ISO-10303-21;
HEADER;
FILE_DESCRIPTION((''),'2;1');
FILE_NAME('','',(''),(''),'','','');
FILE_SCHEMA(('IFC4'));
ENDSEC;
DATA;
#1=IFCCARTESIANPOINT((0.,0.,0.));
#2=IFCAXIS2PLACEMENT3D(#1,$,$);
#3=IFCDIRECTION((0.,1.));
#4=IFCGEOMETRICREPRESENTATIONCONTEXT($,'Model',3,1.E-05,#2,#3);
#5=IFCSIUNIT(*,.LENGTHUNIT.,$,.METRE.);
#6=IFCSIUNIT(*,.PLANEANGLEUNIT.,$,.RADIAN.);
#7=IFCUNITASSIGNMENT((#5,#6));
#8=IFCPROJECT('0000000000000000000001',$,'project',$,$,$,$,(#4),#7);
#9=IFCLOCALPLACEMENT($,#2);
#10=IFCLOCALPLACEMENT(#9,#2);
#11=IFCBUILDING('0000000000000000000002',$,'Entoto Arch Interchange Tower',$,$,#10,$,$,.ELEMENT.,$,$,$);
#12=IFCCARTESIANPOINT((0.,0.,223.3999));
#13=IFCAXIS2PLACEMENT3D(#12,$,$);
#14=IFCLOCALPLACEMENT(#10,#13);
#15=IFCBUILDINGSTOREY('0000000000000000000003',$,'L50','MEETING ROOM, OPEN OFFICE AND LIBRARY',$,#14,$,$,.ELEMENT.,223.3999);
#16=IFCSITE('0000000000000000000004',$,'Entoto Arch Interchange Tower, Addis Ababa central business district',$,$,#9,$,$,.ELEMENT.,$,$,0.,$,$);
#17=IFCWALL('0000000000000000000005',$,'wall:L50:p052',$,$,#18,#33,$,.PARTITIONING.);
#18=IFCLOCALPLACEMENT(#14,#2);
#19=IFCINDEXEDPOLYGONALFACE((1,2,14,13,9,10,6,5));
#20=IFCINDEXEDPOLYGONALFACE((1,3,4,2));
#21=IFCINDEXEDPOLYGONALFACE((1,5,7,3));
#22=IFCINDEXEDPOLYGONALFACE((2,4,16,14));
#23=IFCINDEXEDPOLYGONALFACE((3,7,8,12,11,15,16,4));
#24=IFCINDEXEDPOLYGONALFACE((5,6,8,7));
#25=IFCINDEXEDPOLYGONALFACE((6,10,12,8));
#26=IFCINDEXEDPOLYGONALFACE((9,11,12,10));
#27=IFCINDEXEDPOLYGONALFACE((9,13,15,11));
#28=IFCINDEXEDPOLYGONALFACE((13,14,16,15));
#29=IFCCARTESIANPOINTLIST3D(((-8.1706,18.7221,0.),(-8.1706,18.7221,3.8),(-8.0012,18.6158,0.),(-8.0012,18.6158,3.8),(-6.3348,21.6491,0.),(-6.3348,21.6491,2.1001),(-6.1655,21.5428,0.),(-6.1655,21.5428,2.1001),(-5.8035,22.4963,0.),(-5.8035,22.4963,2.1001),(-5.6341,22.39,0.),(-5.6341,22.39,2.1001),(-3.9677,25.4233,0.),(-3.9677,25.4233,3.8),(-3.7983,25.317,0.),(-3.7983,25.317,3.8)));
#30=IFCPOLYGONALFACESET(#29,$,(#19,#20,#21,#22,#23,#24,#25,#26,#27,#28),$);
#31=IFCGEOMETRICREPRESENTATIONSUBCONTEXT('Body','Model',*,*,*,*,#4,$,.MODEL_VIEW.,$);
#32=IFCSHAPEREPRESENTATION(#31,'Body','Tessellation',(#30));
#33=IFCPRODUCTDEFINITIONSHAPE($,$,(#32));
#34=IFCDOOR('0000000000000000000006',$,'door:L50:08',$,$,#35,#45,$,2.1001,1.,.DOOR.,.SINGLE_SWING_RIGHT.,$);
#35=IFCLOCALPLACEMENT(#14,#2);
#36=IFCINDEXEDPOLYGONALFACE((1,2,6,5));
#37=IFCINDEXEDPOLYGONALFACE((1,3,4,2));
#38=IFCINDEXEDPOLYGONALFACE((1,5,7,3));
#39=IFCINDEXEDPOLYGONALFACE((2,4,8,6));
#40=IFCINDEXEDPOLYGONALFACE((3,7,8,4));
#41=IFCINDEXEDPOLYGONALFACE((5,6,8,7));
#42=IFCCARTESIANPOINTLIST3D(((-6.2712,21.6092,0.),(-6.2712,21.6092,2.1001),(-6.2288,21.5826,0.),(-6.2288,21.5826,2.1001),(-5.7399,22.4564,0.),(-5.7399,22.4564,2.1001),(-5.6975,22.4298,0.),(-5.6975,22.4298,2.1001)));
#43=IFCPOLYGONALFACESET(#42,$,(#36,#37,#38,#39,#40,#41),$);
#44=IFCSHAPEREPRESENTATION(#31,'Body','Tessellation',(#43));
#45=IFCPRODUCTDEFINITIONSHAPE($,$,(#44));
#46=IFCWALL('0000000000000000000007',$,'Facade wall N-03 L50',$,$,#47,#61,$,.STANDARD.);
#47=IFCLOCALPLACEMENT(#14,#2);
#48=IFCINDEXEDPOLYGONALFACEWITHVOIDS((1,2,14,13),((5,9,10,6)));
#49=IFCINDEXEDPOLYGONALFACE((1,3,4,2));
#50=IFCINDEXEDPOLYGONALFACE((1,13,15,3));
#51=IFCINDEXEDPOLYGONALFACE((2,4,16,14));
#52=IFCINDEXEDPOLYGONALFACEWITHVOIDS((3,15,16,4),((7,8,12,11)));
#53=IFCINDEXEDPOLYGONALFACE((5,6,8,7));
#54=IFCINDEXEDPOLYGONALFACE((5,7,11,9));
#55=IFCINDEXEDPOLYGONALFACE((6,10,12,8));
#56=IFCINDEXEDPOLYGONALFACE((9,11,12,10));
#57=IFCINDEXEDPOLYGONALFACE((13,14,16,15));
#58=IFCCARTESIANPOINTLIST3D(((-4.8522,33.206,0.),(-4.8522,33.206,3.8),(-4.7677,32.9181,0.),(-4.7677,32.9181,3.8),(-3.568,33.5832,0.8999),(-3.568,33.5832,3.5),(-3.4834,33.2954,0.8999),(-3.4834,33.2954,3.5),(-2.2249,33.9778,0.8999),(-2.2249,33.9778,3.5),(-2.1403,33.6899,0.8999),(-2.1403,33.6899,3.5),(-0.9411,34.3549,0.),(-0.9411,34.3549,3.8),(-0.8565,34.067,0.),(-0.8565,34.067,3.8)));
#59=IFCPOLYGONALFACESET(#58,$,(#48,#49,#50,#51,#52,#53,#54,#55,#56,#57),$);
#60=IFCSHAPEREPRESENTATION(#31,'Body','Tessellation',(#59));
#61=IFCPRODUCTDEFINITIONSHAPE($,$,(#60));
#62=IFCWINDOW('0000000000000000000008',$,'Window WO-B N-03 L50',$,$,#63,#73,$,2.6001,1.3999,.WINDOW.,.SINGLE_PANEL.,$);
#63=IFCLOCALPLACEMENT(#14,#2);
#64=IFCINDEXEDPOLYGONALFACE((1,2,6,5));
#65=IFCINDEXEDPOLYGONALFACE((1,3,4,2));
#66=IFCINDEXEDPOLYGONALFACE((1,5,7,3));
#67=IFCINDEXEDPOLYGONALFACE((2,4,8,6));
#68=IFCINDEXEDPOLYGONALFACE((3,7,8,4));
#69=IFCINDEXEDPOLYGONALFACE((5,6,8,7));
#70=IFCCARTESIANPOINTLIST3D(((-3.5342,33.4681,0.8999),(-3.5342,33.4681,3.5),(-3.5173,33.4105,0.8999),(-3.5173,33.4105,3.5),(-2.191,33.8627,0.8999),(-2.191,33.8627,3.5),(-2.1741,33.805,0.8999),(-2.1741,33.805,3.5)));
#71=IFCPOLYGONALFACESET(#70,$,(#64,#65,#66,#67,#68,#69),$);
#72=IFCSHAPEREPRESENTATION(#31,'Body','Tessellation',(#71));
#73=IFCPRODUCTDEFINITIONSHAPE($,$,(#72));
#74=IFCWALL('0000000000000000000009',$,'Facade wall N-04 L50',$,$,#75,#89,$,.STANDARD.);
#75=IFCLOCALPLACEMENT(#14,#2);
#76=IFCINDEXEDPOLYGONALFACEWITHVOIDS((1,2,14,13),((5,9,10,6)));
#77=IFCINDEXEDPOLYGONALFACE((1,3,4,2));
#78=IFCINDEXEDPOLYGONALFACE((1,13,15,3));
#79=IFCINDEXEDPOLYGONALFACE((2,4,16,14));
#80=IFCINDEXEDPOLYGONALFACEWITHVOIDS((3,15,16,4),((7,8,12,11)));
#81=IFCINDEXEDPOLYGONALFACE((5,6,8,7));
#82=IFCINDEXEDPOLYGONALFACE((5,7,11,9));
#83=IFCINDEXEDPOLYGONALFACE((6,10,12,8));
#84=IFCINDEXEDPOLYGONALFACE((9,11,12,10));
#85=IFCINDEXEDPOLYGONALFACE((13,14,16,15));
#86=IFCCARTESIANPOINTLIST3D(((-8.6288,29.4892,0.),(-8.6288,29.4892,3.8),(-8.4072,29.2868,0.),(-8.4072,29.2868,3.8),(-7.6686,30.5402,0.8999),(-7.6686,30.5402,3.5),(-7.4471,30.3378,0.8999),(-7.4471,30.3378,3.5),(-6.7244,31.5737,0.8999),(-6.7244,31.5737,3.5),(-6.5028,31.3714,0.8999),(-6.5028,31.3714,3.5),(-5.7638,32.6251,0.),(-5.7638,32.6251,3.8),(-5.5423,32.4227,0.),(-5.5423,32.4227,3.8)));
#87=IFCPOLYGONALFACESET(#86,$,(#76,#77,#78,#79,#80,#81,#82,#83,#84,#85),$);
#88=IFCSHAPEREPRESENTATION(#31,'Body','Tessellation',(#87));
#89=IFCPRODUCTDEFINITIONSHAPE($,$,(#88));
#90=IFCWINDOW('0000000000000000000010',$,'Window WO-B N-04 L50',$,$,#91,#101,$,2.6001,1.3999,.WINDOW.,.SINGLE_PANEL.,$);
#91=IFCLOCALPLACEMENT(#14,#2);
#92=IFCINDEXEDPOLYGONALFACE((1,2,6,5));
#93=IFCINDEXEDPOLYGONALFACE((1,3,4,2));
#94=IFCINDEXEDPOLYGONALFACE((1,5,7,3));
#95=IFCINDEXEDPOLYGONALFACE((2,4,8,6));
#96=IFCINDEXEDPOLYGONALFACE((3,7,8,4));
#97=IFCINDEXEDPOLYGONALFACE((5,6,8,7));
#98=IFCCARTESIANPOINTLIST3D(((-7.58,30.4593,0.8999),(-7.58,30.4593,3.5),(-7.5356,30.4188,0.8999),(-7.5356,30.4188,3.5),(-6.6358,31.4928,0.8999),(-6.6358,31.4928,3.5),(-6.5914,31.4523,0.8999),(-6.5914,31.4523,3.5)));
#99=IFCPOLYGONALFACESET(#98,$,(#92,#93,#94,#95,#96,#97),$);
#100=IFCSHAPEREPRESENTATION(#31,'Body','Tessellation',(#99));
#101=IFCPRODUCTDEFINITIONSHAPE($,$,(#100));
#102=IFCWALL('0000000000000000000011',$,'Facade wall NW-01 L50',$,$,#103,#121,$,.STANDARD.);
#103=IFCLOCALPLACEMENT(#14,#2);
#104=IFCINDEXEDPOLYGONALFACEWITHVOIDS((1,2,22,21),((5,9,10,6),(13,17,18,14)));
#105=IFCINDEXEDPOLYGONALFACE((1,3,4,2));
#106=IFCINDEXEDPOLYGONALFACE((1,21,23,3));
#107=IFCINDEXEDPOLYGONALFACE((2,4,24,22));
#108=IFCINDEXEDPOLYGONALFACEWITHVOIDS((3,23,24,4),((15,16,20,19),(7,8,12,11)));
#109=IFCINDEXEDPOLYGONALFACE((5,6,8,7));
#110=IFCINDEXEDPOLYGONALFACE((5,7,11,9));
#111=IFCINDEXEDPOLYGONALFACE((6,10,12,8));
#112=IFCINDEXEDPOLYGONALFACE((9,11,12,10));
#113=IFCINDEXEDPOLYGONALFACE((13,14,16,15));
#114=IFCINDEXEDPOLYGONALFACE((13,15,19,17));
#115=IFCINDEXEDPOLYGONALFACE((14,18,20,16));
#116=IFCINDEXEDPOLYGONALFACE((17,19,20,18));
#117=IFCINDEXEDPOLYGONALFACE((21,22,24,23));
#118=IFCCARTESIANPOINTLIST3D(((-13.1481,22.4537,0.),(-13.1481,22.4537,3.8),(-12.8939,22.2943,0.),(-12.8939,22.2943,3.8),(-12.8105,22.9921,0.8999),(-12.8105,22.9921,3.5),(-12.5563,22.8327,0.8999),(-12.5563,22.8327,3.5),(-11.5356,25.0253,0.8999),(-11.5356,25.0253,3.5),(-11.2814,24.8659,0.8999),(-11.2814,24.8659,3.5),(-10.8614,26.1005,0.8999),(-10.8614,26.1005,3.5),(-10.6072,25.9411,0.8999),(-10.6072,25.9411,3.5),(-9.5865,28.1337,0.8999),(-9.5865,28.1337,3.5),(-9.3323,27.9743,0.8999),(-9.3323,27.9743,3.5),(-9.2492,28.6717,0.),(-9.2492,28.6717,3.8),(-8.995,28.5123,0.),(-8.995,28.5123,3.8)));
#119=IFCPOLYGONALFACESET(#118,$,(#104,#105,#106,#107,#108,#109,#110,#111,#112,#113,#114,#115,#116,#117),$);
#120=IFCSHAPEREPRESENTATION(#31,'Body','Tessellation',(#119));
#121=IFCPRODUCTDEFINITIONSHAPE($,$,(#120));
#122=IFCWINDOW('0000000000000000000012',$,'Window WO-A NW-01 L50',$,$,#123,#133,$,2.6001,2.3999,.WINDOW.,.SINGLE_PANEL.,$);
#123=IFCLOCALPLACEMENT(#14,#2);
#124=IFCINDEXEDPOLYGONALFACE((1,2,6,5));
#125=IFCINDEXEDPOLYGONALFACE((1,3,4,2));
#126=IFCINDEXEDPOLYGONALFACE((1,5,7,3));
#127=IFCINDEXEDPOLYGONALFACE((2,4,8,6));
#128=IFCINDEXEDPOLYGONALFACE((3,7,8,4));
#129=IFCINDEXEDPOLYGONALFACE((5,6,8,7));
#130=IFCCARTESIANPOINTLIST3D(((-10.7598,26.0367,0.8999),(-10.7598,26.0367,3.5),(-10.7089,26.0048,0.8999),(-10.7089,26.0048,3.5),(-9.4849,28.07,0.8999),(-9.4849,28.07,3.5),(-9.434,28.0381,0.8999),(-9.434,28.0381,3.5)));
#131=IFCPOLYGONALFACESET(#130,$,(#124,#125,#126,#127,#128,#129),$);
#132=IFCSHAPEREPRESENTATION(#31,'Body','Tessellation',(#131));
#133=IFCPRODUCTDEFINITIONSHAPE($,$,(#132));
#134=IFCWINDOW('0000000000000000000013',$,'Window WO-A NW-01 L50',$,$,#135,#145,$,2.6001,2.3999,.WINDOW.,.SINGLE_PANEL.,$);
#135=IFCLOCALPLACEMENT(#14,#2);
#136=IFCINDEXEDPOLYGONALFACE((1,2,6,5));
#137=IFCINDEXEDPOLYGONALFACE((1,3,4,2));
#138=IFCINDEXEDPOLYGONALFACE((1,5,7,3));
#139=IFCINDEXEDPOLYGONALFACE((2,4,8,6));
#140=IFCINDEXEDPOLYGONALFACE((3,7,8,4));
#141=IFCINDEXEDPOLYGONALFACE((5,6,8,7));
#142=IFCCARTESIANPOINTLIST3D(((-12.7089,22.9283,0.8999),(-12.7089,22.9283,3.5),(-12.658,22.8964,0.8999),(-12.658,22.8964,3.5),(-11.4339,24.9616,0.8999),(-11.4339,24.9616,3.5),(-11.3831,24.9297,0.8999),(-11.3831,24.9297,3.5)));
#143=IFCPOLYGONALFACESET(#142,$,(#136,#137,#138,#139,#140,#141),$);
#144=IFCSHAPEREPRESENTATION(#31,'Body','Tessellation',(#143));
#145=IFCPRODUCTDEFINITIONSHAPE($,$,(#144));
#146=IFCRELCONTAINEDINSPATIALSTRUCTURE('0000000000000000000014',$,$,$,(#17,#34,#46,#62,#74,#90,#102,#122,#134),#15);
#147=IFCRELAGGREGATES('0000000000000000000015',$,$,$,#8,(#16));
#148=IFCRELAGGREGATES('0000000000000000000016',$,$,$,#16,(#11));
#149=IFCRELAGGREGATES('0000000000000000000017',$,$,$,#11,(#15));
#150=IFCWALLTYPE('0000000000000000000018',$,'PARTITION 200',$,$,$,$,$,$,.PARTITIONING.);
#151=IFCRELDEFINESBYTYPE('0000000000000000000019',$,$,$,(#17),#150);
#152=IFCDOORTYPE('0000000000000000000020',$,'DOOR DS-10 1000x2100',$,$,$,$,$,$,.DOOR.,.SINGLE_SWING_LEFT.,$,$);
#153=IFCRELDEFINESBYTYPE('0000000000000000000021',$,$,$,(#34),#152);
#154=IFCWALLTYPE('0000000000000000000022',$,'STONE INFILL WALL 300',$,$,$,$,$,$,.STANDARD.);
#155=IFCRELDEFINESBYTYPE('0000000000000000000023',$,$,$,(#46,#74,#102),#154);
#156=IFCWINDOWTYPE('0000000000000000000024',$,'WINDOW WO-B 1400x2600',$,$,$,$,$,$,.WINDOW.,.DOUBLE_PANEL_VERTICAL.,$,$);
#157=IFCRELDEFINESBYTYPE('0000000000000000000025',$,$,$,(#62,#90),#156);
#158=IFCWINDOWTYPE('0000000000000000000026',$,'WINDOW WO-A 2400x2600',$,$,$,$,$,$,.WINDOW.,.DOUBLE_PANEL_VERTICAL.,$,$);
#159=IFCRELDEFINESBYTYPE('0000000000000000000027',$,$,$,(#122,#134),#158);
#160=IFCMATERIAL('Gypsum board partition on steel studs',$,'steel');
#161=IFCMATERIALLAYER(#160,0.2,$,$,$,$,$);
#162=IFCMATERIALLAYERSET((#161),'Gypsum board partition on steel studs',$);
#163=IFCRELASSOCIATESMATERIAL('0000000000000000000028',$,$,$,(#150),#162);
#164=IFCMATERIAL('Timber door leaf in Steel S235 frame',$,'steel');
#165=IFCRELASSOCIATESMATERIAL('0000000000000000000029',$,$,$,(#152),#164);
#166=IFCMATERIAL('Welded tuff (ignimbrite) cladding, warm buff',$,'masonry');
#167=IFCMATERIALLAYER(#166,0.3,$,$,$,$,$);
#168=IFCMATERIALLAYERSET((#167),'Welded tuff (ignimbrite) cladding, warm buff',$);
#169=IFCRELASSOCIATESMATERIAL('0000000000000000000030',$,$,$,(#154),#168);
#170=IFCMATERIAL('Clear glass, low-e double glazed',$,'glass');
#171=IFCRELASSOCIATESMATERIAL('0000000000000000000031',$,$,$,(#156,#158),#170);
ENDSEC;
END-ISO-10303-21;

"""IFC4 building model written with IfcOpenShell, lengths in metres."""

from ifc_helpers import new_model, si_unit, direction, frame, frame_2d, origin, place, context, subcontext, project, spatial, rectangle, extrude, material, layer, layer_set, type_object, element, fill, save


model = new_model("IFC4")

# Units and contexts
model_context = context("Model", 3, precision=1e-05, world=origin(), true_north=direction((0.0, 1.0)))
body_context = subcontext(model_context, "Body", "Model", "MODEL_VIEW")
ifc_project = project(units=[si_unit("LENGTHUNIT", "METRE"), si_unit("PLANEANGLEUNIT", "RADIAN")], contexts=[model_context])

# Site, building, storey
site_placement = place(None, origin())
site = spatial("IfcSite", under=ifc_project, at=site_placement, Name="Entoto Arch Interchange Tower, Addis Ababa central business district", CompositionType="ELEMENT", RefElevation=0.0)
building_placement = place(site_placement, origin())
building = spatial("IfcBuilding", under=site, at=building_placement, Name="Entoto Arch Interchange Tower", CompositionType="ELEMENT")
storey_placement = place(building_placement, frame((0.0, 0.0, 223.3999)))
storey = spatial("IfcBuildingStorey", under=building, at=storey_placement, Name="L50", Description="MEETING ROOM, OPEN OFFICE AND LIBRARY", CompositionType="ELEMENT", Elevation=223.3999)

# Shared definitions
ifc_material_1 = material(Name="Gypsum board partition on steel studs", Category="steel")
ifc_layer_1 = layer(ifc_material_1, 0.2)
ifc_layer_set_1 = layer_set([ifc_layer_1], Name="Gypsum board partition on steel studs")
wall_type_1 = type_object("IfcWallType", Name="PARTITION 200", PredefinedType="PARTITIONING", material=ifc_layer_set_1)

# Shared definitions
ifc_material_2 = material(Name="Timber door leaf in Steel S235 frame", Category="steel")
door_type = type_object("IfcDoorType", Name="DOOR DS-10 1000x2100", OperationType="SINGLE_SWING_LEFT", PredefinedType="DOOR", material=ifc_material_2)

# Wall, opening, door
wall_1_placement = place(storey_placement, frame((-8.0859, 18.6689, 0.0), z_axis=(0.0, 0.0, 1.0), x_axis=(0.53133, 0.847165, 0.0)))
wall_1 = element("IfcWall", 1, at=wall_1_placement, inside=storey, type_object=wall_type_1, Name="wall:L50:p052", PredefinedType="PARTITIONING", context=body_context, shape_type="SweptSolid", body=[
    extrude(rectangle(XDim=7.9102, YDim=0.2, at=frame_2d((3.9551, 0.0))), origin(), (0.0, 0.0, 1.0), 3.8),
])
opening_1_placement = place(wall_1_placement, frame((3.4551, 0.0, 0.0)))
opening_1 = element("IfcOpeningElement", 2, at=opening_1_placement, cuts=wall_1, PredefinedType="OPENING", context=body_context, shape_type="SweptSolid", body=[
    extrude(rectangle(XDim=1.0, YDim=2.1001, at=frame_2d((0.5, 1.05))), frame((0.0, 0.1099, 0.0), z_axis=(0.0, -1.0, 0.0), x_axis=(1.0, 0.0, 0.0)), (0.0, 0.0, 1.0), 0.22),
])
door_1_placement = place(opening_1_placement, origin())
door_1 = element("IfcDoor", 3, at=door_1_placement, inside=storey, type_object=door_type, Name="door:L50:08", OperationType="SINGLE_SWING_RIGHT", OverallHeight=2.1001, OverallWidth=1.0, PredefinedType="DOOR", context=body_context, shape_type="SweptSolid", body=[
    extrude(rectangle(XDim=1.0, YDim=2.1001, at=frame_2d((0.5, 1.05))), frame((0.0, 0.0249, 0.0), z_axis=(0.0, -1.0, 0.0), x_axis=(1.0, 0.0, 0.0)), (0.0, 0.0, 1.0), 0.05),
])
fill(opening_1, door_1)

# Walls, openings, windows
ifc_material_3 = material(Name="Welded tuff (ignimbrite) cladding, warm buff", Category="masonry")
ifc_layer_2 = layer(ifc_material_3, 0.3)
ifc_layer_set_2 = layer_set([ifc_layer_2], Name="Welded tuff (ignimbrite) cladding, warm buff")
wall_type_2 = type_object("IfcWallType", Name="STONE INFILL WALL 300", PredefinedType="STANDARD", material=ifc_layer_set_2)
wall_2_placement = place(storey_placement, frame((-0.8989, 34.2109, 0.0), z_axis=(0.0, 0.0, 1.0), x_axis=(-0.959459, -0.281849, 0.0)))
wall_2 = element("IfcWall", 4, at=wall_2_placement, inside=storey, type_object=wall_type_2, Name="Facade wall N-03 L50", PredefinedType="STANDARD", context=body_context, shape_type="SweptSolid", body=[
    extrude(rectangle(XDim=4.0764, YDim=0.3, at=frame_2d((2.0381, 0.0))), origin(), (0.0, 0.0, 1.0), 3.8),
])
opening_2_placement = place(wall_2_placement, frame((1.3379, 0.0, 0.8999)))
opening_2 = element("IfcOpeningElement", 5, at=opening_2_placement, cuts=wall_2, PredefinedType="OPENING", context=body_context, shape_type="SweptSolid", body=[
    extrude(rectangle(XDim=1.3999, YDim=2.6001, at=frame_2d((0.7, 1.3))), frame((0.0, 0.1602, 0.0), z_axis=(0.0, -1.0, 0.0), x_axis=(1.0, 0.0, 0.0)), (0.0, 0.0, 1.0), 0.3201),
])
ifc_material_4 = material(Name="Clear glass, low-e double glazed", Category="glass")
window_type_1 = type_object("IfcWindowType", Name="WINDOW WO-B 1400x2600", PartitioningType="DOUBLE_PANEL_VERTICAL", PredefinedType="WINDOW", material=ifc_material_4)
window_1_placement = place(opening_2_placement, origin())
window_1 = element("IfcWindow", 6, at=window_1_placement, inside=storey, type_object=window_type_1, Name="Window WO-B N-03 L50", OverallHeight=2.6001, OverallWidth=1.3999, PartitioningType="SINGLE_PANEL", PredefinedType="WINDOW", context=body_context, shape_type="SweptSolid", body=[
    extrude(rectangle(XDim=1.3999, YDim=2.6001, at=frame_2d((0.7, 1.3))), frame((0.0, 0.03, 0.0), z_axis=(0.0, -1.0, 0.0), x_axis=(1.0, 0.0, 0.0)), (0.0, 0.0, 1.0), 0.0601),
])
fill(opening_2, window_1)
wall_3_placement = place(storey_placement, frame((-5.6531, 32.5239, 0.0), z_axis=(0.0, 0.0, 1.0), x_axis=(-0.674487, -0.738286, 0.0)))
wall_3 = element("IfcWall", 7, at=wall_3_placement, inside=storey, type_object=wall_type_2, Name="Facade wall N-04 L50", PredefinedType="STANDARD", context=body_context, shape_type="SweptSolid", body=[
    extrude(rectangle(XDim=4.2476, YDim=0.3, at=frame_2d((2.1238, 0.0))), origin(), (0.0, 0.0, 1.0), 3.8),
])
opening_3_placement = place(wall_3_placement, frame((1.4241, 0.0, 0.8999)))
opening_3 = element("IfcOpeningElement", 8, at=opening_3_placement, cuts=wall_3, PredefinedType="OPENING", context=body_context, shape_type="SweptSolid", body=[
    extrude(rectangle(XDim=1.3999, YDim=2.6001, at=frame_2d((0.7, 1.3))), frame((0.0, 0.1602, 0.0), z_axis=(0.0, -1.0, 0.0), x_axis=(1.0, 0.0, 0.0)), (0.0, 0.0, 1.0), 0.3201),
])
window_2_placement = place(opening_3_placement, origin())
window_2 = element("IfcWindow", 9, at=window_2_placement, inside=storey, type_object=window_type_1, Name="Window WO-B N-04 L50", OverallHeight=2.6001, OverallWidth=1.3999, PartitioningType="SINGLE_PANEL", PredefinedType="WINDOW", context=body_context, shape_type="SweptSolid", body=[
    extrude(rectangle(XDim=1.3999, YDim=2.6001, at=frame_2d((0.7, 1.3))), frame((0.0, 0.03, 0.0), z_axis=(0.0, -1.0, 0.0), x_axis=(1.0, 0.0, 0.0)), (0.0, 0.0, 1.0), 0.0601),
])
fill(opening_3, window_2)

# Wall, openings, windows
wall_4_placement = place(storey_placement, frame((-9.1221, 28.592, 0.0), z_axis=(0.0, 0.0, 1.0), x_axis=(-0.531239, -0.847222, 0.0)))
wall_4 = element("IfcWall", 10, at=wall_4_placement, inside=storey, type_object=wall_type_2, Name="Facade wall NW-01 L50", PredefinedType="STANDARD", context=body_context, shape_type="SweptSolid", body=[
    extrude(rectangle(XDim=7.3394, YDim=0.3, at=frame_2d((3.6697, 0.0))), origin(), (0.0, 0.0, 1.0), 3.8),
])
opening_4_placement = place(wall_4_placement, frame((0.635, 0.0, 0.8999)))
opening_4 = element("IfcOpeningElement", 11, at=opening_4_placement, cuts=wall_4, PredefinedType="OPENING", context=body_context, shape_type="SweptSolid", body=[
    extrude(rectangle(XDim=2.3999, YDim=2.6001, at=frame_2d((1.2, 1.3))), frame((0.0, 0.1602, 0.0), z_axis=(0.0, -1.0, 0.0), x_axis=(1.0, 0.0, 0.0)), (0.0, 0.0, 1.0), 0.3201),
])
opening_5_placement = place(wall_4_placement, frame((4.304, 0.0, 0.8999)))
opening_5 = element("IfcOpeningElement", 12, at=opening_5_placement, cuts=wall_4, PredefinedType="OPENING", context=body_context, shape_type="SweptSolid", body=[
    extrude(rectangle(XDim=2.3999, YDim=2.6001, at=frame_2d((1.2, 1.3))), frame((0.0, 0.1602, 0.0), z_axis=(0.0, -1.0, 0.0), x_axis=(1.0, 0.0, 0.0)), (0.0, 0.0, 1.0), 0.3201),
])
window_type_2 = type_object("IfcWindowType", Name="WINDOW WO-A 2400x2600", PartitioningType="DOUBLE_PANEL_VERTICAL", PredefinedType="WINDOW", material=ifc_material_4)
window_3_placement = place(opening_4_placement, origin())
window_3 = element("IfcWindow", 13, at=window_3_placement, inside=storey, type_object=window_type_2, Name="Window WO-A NW-01 L50", OverallHeight=2.6001, OverallWidth=2.3999, PartitioningType="SINGLE_PANEL", PredefinedType="WINDOW", context=body_context, shape_type="SweptSolid", body=[
    extrude(rectangle(XDim=2.3999, YDim=2.6001, at=frame_2d((1.2, 1.3))), frame((0.0, 0.03, 0.0), z_axis=(0.0, -1.0, 0.0), x_axis=(1.0, 0.0, 0.0)), (0.0, 0.0, 1.0), 0.0601),
])
fill(opening_4, window_3)
window_4_placement = place(opening_5_placement, origin())
window_4 = element("IfcWindow", 14, at=window_4_placement, inside=storey, type_object=window_type_2, Name="Window WO-A NW-01 L50", OverallHeight=2.6001, OverallWidth=2.3999, PartitioningType="SINGLE_PANEL", PredefinedType="WINDOW", context=body_context, shape_type="SweptSolid", body=[
    extrude(rectangle(XDim=2.3999, YDim=2.6001, at=frame_2d((1.2, 1.3))), frame((0.0, 0.03, 0.0), z_axis=(0.0, -1.0, 0.0), x_axis=(1.0, 0.0, 0.0)), (0.0, 0.0, 1.0), 0.0601),
])
fill(opening_5, window_4)

save(model, "model.ifc")
